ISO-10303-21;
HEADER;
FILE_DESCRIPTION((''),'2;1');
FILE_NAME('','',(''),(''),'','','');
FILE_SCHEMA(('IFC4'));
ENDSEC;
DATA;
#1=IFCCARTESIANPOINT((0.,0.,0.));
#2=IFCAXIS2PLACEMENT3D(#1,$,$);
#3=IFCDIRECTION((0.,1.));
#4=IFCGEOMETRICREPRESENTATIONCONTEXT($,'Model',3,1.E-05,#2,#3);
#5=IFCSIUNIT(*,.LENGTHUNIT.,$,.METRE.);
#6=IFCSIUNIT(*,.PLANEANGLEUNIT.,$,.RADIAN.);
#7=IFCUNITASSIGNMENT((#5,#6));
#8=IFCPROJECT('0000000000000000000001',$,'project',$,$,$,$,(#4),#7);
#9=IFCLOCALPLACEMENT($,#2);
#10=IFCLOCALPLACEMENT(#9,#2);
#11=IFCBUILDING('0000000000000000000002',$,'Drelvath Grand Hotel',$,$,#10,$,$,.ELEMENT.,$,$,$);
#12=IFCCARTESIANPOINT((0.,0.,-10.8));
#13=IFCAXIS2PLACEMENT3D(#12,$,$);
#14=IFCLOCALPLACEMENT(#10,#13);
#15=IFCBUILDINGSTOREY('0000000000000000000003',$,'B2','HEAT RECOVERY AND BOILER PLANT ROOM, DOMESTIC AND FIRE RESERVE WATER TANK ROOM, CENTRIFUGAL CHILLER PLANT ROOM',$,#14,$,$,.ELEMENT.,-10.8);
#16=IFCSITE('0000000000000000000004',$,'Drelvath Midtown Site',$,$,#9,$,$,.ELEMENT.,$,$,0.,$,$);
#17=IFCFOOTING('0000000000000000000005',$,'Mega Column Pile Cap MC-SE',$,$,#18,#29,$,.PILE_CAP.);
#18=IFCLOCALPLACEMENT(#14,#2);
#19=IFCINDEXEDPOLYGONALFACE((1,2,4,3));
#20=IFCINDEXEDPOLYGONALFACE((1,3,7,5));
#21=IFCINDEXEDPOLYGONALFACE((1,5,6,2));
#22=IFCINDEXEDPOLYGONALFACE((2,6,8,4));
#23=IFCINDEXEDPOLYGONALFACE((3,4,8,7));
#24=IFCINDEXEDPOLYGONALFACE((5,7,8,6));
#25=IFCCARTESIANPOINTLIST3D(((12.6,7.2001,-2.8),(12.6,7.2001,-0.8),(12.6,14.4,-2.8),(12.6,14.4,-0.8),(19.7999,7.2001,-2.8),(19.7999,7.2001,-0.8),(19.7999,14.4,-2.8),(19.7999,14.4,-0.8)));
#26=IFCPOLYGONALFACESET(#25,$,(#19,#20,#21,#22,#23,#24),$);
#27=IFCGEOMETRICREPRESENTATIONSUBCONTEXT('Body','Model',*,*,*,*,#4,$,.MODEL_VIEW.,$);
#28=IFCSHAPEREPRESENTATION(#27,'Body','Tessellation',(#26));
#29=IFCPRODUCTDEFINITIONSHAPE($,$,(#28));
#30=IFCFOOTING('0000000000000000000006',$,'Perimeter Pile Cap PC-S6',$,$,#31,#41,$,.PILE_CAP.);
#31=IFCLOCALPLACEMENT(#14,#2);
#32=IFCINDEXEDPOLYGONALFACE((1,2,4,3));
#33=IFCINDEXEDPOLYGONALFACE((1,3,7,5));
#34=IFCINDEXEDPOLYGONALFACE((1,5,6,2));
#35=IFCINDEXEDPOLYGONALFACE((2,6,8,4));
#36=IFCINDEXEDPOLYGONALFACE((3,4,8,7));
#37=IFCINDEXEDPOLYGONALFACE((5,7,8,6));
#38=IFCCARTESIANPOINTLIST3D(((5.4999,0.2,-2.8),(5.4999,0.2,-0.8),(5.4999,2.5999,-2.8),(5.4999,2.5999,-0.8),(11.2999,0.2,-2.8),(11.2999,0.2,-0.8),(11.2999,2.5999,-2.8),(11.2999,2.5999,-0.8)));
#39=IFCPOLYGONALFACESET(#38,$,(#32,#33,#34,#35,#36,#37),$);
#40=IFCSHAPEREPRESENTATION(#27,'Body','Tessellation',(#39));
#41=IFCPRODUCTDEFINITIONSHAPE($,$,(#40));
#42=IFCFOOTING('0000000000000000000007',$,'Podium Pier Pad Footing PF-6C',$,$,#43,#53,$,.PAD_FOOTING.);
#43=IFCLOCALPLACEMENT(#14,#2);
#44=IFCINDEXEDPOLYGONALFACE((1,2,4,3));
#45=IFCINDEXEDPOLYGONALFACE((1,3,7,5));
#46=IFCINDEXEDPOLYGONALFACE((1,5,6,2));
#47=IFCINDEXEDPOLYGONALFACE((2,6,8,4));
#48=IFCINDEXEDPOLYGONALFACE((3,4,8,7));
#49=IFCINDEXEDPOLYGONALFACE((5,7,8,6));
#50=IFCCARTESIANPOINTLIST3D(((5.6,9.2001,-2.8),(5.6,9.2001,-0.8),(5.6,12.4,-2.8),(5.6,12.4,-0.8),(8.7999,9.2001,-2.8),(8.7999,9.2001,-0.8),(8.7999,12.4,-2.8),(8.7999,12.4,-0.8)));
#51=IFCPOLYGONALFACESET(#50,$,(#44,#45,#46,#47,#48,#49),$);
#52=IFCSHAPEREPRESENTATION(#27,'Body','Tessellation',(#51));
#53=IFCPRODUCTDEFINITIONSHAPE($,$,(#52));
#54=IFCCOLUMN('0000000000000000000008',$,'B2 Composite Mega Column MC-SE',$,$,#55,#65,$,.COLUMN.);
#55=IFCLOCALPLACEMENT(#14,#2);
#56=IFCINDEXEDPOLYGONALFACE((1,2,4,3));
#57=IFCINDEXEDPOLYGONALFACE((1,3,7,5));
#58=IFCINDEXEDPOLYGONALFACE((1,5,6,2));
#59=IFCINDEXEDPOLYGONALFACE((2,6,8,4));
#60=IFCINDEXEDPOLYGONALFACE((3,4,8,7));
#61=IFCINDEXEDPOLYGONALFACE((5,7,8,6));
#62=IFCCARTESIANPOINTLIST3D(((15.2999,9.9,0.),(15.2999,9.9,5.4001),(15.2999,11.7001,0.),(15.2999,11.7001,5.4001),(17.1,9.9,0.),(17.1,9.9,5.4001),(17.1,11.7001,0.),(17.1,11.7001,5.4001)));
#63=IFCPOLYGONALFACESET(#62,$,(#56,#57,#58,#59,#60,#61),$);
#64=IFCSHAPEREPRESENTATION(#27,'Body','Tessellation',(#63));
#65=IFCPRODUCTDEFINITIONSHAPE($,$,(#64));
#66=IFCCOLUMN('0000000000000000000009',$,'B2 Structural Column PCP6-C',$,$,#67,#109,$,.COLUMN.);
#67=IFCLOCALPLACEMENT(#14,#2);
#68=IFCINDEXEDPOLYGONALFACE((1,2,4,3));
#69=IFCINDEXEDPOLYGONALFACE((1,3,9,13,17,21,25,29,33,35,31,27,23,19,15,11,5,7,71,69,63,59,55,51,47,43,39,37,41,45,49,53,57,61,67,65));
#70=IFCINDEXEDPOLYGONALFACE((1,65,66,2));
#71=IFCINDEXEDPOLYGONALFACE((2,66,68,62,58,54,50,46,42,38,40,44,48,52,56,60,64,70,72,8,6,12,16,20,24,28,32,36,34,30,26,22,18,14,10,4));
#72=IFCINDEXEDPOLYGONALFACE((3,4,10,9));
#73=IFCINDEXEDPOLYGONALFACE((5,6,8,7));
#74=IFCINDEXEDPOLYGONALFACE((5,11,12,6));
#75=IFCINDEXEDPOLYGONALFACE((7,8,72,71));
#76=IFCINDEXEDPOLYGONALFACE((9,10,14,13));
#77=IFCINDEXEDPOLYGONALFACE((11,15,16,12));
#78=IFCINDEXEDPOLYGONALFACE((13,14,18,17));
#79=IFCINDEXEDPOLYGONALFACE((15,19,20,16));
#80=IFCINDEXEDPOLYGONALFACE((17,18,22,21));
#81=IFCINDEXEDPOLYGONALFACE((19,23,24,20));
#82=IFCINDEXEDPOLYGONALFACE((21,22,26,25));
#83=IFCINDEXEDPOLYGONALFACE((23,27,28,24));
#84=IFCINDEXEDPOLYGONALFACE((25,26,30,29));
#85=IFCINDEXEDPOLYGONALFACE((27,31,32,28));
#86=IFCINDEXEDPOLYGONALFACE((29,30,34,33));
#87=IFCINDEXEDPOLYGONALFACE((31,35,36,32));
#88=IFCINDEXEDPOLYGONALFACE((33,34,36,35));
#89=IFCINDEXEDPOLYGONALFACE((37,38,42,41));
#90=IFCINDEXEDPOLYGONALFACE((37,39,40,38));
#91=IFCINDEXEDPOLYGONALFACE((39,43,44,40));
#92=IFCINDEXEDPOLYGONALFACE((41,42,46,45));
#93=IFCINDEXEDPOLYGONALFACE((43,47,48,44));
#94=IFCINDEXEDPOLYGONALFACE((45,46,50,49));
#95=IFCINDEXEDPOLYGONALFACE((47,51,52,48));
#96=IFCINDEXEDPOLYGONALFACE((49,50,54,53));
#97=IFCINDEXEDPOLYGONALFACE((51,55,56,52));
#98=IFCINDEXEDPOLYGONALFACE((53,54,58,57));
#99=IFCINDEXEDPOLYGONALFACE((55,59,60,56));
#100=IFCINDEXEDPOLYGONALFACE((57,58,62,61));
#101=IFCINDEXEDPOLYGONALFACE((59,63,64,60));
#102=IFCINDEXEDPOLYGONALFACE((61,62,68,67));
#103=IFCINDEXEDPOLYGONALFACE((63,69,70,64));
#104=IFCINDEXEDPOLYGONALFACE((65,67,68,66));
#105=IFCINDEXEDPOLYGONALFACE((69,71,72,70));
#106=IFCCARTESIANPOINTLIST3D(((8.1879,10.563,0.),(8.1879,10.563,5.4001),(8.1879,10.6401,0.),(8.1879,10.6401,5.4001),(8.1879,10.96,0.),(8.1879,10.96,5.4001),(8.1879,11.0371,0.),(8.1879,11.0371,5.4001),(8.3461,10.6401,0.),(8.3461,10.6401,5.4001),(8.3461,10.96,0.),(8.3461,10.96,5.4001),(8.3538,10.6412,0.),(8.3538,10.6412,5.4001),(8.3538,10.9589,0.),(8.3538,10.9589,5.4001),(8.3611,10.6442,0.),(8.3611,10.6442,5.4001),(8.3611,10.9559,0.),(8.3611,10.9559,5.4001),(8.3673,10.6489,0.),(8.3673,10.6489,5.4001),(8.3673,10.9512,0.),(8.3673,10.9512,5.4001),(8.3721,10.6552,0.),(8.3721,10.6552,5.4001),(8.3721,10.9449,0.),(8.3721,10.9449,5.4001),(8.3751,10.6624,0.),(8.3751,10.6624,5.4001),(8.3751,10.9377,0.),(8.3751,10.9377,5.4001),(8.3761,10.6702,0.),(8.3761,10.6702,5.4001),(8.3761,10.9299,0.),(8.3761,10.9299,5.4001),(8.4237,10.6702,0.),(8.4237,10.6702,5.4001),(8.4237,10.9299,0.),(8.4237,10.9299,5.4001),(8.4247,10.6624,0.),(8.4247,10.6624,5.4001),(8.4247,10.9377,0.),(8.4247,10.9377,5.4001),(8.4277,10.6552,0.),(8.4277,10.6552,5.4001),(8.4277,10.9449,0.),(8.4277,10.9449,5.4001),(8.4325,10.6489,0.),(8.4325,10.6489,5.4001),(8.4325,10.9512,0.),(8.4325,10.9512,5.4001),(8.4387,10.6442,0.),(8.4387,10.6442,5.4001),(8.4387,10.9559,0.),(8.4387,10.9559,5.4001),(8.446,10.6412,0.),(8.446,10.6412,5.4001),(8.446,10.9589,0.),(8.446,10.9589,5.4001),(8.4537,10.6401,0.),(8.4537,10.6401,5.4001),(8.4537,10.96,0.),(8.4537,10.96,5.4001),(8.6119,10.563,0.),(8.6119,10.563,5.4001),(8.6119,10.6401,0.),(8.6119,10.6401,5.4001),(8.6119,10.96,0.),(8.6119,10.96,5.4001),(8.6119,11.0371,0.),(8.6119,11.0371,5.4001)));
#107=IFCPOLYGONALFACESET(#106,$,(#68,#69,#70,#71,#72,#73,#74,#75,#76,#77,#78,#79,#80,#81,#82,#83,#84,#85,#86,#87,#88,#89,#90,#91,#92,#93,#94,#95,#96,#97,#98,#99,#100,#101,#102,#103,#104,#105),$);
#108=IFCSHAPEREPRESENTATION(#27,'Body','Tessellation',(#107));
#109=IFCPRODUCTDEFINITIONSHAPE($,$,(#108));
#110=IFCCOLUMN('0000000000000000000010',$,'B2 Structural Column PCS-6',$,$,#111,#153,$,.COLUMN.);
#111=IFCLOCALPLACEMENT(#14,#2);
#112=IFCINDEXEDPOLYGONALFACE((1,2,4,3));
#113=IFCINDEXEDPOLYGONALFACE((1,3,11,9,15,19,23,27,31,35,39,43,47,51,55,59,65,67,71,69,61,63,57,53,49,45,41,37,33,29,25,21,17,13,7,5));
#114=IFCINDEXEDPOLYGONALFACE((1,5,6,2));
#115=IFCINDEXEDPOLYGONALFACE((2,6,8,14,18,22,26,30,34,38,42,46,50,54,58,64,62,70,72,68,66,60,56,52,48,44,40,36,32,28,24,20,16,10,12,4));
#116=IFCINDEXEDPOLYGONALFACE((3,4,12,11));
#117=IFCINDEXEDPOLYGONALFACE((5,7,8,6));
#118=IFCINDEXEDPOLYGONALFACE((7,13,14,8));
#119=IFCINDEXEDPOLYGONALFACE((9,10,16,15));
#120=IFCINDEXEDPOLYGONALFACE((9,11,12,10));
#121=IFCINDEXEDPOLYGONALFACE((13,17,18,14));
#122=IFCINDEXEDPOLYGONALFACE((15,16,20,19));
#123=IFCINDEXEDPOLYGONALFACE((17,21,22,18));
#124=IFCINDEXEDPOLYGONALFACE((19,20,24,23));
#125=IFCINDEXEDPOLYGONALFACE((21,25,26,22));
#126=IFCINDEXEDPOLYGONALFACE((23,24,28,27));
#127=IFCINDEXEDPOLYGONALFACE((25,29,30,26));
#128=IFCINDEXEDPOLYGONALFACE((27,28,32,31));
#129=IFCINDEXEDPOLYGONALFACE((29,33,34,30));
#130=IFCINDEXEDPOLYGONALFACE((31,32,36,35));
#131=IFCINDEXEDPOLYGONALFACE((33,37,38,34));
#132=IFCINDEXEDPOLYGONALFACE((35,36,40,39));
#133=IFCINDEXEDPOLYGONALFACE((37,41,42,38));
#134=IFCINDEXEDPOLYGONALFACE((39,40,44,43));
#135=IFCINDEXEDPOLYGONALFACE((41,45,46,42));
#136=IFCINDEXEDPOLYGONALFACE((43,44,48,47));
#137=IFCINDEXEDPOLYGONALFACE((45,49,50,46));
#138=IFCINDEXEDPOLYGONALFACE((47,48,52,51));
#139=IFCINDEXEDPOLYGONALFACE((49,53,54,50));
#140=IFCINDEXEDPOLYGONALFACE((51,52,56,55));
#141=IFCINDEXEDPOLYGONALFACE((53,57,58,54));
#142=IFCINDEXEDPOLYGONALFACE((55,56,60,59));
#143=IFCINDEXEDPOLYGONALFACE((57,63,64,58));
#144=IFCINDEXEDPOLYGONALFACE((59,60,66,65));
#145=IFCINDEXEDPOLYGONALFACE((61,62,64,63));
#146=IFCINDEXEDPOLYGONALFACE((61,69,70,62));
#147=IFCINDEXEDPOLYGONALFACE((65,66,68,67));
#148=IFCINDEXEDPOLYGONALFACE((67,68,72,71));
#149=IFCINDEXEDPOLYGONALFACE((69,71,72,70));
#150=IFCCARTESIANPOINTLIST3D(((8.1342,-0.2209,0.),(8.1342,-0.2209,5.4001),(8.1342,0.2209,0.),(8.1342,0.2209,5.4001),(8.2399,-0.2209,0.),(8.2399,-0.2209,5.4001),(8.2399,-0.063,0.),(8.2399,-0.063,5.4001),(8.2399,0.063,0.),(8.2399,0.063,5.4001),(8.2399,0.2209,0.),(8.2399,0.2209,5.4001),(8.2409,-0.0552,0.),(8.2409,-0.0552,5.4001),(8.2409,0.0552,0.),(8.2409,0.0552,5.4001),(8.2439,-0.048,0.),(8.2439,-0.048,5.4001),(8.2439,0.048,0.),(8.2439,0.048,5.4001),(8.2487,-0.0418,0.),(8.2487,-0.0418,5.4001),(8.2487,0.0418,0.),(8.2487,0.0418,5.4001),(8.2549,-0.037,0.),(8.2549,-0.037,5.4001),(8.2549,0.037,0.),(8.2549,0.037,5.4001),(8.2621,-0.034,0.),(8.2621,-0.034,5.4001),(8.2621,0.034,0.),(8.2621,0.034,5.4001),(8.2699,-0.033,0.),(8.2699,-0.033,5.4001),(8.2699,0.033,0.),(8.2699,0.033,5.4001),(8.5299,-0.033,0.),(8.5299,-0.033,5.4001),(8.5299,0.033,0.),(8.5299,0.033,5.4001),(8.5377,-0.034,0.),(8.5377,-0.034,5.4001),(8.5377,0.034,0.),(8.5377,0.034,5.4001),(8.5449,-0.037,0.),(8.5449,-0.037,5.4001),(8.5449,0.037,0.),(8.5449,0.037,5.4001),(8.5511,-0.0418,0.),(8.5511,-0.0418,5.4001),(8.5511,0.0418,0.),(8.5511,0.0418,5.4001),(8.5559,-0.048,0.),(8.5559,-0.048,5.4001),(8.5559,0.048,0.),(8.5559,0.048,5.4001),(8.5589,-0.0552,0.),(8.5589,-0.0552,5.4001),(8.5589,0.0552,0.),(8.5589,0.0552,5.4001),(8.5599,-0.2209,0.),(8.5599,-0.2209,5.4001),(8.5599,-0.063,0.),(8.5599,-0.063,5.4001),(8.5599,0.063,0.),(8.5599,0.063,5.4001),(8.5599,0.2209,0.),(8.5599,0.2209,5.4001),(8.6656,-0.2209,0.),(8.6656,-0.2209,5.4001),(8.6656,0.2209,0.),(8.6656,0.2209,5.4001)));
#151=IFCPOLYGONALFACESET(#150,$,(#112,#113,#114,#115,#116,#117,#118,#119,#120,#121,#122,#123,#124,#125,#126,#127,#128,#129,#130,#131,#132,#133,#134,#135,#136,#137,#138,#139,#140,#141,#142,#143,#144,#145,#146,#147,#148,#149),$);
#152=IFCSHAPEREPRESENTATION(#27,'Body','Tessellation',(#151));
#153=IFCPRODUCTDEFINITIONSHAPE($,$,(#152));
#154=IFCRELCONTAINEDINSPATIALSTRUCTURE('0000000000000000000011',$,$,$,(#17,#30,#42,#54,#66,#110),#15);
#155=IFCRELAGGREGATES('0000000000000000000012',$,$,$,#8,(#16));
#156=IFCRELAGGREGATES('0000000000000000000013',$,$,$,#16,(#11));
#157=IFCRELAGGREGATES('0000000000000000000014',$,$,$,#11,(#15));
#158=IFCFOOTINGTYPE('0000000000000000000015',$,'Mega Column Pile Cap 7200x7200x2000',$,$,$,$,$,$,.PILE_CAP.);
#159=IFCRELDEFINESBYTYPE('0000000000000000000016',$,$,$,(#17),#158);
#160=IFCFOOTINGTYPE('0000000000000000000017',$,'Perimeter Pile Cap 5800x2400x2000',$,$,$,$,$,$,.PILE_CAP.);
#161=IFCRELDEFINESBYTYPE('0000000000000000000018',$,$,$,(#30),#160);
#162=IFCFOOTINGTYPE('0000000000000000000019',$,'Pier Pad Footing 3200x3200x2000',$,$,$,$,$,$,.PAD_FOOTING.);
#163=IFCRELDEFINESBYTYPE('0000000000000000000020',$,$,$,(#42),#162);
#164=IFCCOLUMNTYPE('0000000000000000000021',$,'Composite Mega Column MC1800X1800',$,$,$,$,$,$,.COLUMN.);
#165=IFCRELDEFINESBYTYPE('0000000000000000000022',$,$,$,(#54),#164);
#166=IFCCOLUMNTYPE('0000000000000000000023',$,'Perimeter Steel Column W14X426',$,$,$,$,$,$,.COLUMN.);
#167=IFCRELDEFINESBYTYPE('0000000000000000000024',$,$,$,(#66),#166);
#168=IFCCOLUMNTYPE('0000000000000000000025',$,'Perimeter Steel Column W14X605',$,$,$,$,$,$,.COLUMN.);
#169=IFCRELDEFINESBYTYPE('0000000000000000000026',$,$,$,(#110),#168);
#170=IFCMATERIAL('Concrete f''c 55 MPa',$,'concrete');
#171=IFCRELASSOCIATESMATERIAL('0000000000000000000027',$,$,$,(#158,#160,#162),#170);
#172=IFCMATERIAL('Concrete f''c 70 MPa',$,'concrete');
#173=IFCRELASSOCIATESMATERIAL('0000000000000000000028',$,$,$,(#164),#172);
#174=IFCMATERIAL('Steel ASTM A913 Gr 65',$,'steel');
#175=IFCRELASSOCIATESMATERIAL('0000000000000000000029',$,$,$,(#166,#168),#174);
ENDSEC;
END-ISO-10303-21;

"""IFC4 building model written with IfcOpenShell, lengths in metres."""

from ifc_helpers import new_model, si_unit, direction, frame, origin, origin_2d, place, context, subcontext, project, spatial, rectangle, i_section, extrude, material, material_profile, profile_set, type_object, element, save


model = new_model("IFC4")

# Units and contexts
model_context = context("Model", 3, precision=1e-05, world=origin(), true_north=direction((0.0, 1.0)))
body_context = subcontext(model_context, "Body", "Model", "MODEL_VIEW")
ifc_project = project(units=[si_unit("LENGTHUNIT", "METRE"), si_unit("PLANEANGLEUNIT", "RADIAN")], contexts=[model_context])

# Site, building, storey
site_placement = place(None, origin())
site = spatial("IfcSite", under=ifc_project, at=site_placement, Name="Drelvath Midtown Site", CompositionType="ELEMENT", RefElevation=0.0)
building_placement = place(site_placement, origin())
building = spatial("IfcBuilding", under=site, at=building_placement, Name="Drelvath Grand Hotel", CompositionType="ELEMENT")
storey_placement = place(building_placement, frame((0.0, 0.0, -10.8)))
storey = spatial("IfcBuildingStorey", under=building, at=storey_placement, Name="B2", Description="HEAT RECOVERY AND BOILER PLANT ROOM, DOMESTIC AND FIRE RESERVE WATER TANK ROOM, CENTRIFUGAL CHILLER PLANT ROOM", CompositionType="ELEMENT", Elevation=-10.8)

# Shared definitions
ifc_material_1 = material(Name="Concrete f'c 55 MPa", Category="concrete")

# Footings
footing_type_1 = type_object("IfcFootingType", Name="Mega Column Pile Cap 7200x7200x2000", PredefinedType="PILE_CAP", material=ifc_material_1)
footing_1_placement = place(storey_placement, frame((16.2, 10.8, -2.8), z_axis=(0.0, 0.0, 1.0), x_axis=(1.0, 0.0, 0.0)))
element("IfcFooting", 1, at=footing_1_placement, inside=storey, type_object=footing_type_1, Name="Mega Column Pile Cap MC-SE", PredefinedType="PILE_CAP", context=body_context, shape_type="SweptSolid", body=[
    extrude(rectangle(XDim=7.2, YDim=7.2, at=origin_2d()), origin(), (0.0, 0.0, 1.0), 2.0),
])
footing_type_2 = type_object("IfcFootingType", Name="Perimeter Pile Cap 5800x2400x2000", PredefinedType="PILE_CAP", material=ifc_material_1)
footing_2_placement = place(storey_placement, frame((8.3999, 1.3999, -2.8), z_axis=(0.0, 0.0, 1.0), x_axis=(1.0, 0.0, 0.0)))
element("IfcFooting", 2, at=footing_2_placement, inside=storey, type_object=footing_type_2, Name="Perimeter Pile Cap PC-S6", PredefinedType="PILE_CAP", context=body_context, shape_type="SweptSolid", body=[
    extrude(rectangle(XDim=5.8, YDim=2.3999, at=origin_2d()), origin(), (0.0, 0.0, 1.0), 2.0),
])
footing_type_3 = type_object("IfcFootingType", Name="Pier Pad Footing 3200x3200x2000", PredefinedType="PAD_FOOTING", material=ifc_material_1)
footing_3_placement = place(storey_placement, frame((7.2, 10.8, -2.8), z_axis=(0.0, 0.0, 1.0), x_axis=(1.0, 0.0, 0.0)))
element("IfcFooting", 3, at=footing_3_placement, inside=storey, type_object=footing_type_3, Name="Podium Pier Pad Footing PF-6C", PredefinedType="PAD_FOOTING", context=body_context, shape_type="SweptSolid", body=[
    extrude(rectangle(XDim=3.2, YDim=3.2, at=origin_2d()), origin(), (0.0, 0.0, 1.0), 2.0),
])

# Columns
ifc_material_2 = material(Name="Concrete f'c 70 MPa", Category="concrete")
ifc_material_profile_1 = material_profile(ifc_material_2, rectangle(XDim=1.8, YDim=1.8, at=origin_2d()), Name="MC1800X1800")
ifc_profile_set_1 = profile_set([ifc_material_profile_1], Name="Concrete f'c 70 MPa")
column_type_1 = type_object("IfcColumnType", Name="Composite Mega Column MC1800X1800", PredefinedType="COLUMN", material=ifc_profile_set_1)
column_1_placement = place(storey_placement, frame((16.2, 10.8, 0.0), z_axis=(0.0, 0.0, 1.0), x_axis=(1.0, 0.0, 0.0)))
element("IfcColumn", 4, at=column_1_placement, inside=storey, type_object=column_type_1, Name="B2 Composite Mega Column MC-SE", PredefinedType="COLUMN", context=body_context, shape_type="SweptSolid", body=[
    extrude(rectangle(XDim=1.8, YDim=1.8, at=origin_2d()), origin(), (0.0, 0.0, 1.0), 5.4001),
])
ifc_material_3 = material(Name="Steel ASTM A913 Gr 65", Category="steel")
ifc_material_profile_2 = material_profile(ifc_material_3, i_section(OverallWidth=0.4241, OverallDepth=0.4741, WebThickness=0.0476, FlangeThickness=0.0771, FilletRadius=0.03, at=origin_2d()), Name="W14X426")
ifc_profile_set_2 = profile_set([ifc_material_profile_2], Name="Steel ASTM A913 Gr 65")
column_type_2 = type_object("IfcColumnType", Name="Perimeter Steel Column W14X426", PredefinedType="COLUMN", material=ifc_profile_set_2)
column_2_placement = place(storey_placement, frame((8.3999, 10.8, 0.0), z_axis=(0.0, 0.0, 1.0), x_axis=(1.0, 0.0, 0.0)))
element("IfcColumn", 5, at=column_2_placement, inside=storey, type_object=column_type_2, Name="B2 Structural Column PCP6-C", PredefinedType="COLUMN", context=body_context, shape_type="SweptSolid", body=[
    extrude(i_section(OverallWidth=0.4241, OverallDepth=0.4741, WebThickness=0.0476, FlangeThickness=0.0771, FilletRadius=0.03, at=origin_2d()), origin(), (0.0, 0.0, 1.0), 5.4001),
])
ifc_material_profile_3 = material_profile(ifc_material_3, i_section(OverallWidth=0.4419, OverallDepth=0.5315, WebThickness=0.0659, FlangeThickness=0.1057, FilletRadius=0.03, at=origin_2d()), Name="W14X605")
ifc_profile_set_3 = profile_set([ifc_material_profile_3], Name="Steel ASTM A913 Gr 65")
column_type_3 = type_object("IfcColumnType", Name="Perimeter Steel Column W14X605", PredefinedType="COLUMN", material=ifc_profile_set_3)
for number, where, z_axis, x_axis, name in (
    (6, (8.3999, 0.0, 0.0), (0.0, 0.0, 1.0), (0.0, 1.0, 0.0), "B2 Structural Column PCS-6"),
):
    element("IfcColumn", number, at=place(storey_placement, frame(where, z_axis=z_axis, x_axis=x_axis)), inside=storey, type_object=column_type_3, Name=name, PredefinedType="COLUMN", context=body_context, shape_type="SweptSolid", body=[
        extrude(i_section(OverallWidth=0.4419, OverallDepth=0.5315, WebThickness=0.0659, FlangeThickness=0.1057, FilletRadius=0.03, at=origin_2d()), origin(), (0.0, 0.0, 1.0), 5.4001),
    ])

save(model, "model.ifc")
